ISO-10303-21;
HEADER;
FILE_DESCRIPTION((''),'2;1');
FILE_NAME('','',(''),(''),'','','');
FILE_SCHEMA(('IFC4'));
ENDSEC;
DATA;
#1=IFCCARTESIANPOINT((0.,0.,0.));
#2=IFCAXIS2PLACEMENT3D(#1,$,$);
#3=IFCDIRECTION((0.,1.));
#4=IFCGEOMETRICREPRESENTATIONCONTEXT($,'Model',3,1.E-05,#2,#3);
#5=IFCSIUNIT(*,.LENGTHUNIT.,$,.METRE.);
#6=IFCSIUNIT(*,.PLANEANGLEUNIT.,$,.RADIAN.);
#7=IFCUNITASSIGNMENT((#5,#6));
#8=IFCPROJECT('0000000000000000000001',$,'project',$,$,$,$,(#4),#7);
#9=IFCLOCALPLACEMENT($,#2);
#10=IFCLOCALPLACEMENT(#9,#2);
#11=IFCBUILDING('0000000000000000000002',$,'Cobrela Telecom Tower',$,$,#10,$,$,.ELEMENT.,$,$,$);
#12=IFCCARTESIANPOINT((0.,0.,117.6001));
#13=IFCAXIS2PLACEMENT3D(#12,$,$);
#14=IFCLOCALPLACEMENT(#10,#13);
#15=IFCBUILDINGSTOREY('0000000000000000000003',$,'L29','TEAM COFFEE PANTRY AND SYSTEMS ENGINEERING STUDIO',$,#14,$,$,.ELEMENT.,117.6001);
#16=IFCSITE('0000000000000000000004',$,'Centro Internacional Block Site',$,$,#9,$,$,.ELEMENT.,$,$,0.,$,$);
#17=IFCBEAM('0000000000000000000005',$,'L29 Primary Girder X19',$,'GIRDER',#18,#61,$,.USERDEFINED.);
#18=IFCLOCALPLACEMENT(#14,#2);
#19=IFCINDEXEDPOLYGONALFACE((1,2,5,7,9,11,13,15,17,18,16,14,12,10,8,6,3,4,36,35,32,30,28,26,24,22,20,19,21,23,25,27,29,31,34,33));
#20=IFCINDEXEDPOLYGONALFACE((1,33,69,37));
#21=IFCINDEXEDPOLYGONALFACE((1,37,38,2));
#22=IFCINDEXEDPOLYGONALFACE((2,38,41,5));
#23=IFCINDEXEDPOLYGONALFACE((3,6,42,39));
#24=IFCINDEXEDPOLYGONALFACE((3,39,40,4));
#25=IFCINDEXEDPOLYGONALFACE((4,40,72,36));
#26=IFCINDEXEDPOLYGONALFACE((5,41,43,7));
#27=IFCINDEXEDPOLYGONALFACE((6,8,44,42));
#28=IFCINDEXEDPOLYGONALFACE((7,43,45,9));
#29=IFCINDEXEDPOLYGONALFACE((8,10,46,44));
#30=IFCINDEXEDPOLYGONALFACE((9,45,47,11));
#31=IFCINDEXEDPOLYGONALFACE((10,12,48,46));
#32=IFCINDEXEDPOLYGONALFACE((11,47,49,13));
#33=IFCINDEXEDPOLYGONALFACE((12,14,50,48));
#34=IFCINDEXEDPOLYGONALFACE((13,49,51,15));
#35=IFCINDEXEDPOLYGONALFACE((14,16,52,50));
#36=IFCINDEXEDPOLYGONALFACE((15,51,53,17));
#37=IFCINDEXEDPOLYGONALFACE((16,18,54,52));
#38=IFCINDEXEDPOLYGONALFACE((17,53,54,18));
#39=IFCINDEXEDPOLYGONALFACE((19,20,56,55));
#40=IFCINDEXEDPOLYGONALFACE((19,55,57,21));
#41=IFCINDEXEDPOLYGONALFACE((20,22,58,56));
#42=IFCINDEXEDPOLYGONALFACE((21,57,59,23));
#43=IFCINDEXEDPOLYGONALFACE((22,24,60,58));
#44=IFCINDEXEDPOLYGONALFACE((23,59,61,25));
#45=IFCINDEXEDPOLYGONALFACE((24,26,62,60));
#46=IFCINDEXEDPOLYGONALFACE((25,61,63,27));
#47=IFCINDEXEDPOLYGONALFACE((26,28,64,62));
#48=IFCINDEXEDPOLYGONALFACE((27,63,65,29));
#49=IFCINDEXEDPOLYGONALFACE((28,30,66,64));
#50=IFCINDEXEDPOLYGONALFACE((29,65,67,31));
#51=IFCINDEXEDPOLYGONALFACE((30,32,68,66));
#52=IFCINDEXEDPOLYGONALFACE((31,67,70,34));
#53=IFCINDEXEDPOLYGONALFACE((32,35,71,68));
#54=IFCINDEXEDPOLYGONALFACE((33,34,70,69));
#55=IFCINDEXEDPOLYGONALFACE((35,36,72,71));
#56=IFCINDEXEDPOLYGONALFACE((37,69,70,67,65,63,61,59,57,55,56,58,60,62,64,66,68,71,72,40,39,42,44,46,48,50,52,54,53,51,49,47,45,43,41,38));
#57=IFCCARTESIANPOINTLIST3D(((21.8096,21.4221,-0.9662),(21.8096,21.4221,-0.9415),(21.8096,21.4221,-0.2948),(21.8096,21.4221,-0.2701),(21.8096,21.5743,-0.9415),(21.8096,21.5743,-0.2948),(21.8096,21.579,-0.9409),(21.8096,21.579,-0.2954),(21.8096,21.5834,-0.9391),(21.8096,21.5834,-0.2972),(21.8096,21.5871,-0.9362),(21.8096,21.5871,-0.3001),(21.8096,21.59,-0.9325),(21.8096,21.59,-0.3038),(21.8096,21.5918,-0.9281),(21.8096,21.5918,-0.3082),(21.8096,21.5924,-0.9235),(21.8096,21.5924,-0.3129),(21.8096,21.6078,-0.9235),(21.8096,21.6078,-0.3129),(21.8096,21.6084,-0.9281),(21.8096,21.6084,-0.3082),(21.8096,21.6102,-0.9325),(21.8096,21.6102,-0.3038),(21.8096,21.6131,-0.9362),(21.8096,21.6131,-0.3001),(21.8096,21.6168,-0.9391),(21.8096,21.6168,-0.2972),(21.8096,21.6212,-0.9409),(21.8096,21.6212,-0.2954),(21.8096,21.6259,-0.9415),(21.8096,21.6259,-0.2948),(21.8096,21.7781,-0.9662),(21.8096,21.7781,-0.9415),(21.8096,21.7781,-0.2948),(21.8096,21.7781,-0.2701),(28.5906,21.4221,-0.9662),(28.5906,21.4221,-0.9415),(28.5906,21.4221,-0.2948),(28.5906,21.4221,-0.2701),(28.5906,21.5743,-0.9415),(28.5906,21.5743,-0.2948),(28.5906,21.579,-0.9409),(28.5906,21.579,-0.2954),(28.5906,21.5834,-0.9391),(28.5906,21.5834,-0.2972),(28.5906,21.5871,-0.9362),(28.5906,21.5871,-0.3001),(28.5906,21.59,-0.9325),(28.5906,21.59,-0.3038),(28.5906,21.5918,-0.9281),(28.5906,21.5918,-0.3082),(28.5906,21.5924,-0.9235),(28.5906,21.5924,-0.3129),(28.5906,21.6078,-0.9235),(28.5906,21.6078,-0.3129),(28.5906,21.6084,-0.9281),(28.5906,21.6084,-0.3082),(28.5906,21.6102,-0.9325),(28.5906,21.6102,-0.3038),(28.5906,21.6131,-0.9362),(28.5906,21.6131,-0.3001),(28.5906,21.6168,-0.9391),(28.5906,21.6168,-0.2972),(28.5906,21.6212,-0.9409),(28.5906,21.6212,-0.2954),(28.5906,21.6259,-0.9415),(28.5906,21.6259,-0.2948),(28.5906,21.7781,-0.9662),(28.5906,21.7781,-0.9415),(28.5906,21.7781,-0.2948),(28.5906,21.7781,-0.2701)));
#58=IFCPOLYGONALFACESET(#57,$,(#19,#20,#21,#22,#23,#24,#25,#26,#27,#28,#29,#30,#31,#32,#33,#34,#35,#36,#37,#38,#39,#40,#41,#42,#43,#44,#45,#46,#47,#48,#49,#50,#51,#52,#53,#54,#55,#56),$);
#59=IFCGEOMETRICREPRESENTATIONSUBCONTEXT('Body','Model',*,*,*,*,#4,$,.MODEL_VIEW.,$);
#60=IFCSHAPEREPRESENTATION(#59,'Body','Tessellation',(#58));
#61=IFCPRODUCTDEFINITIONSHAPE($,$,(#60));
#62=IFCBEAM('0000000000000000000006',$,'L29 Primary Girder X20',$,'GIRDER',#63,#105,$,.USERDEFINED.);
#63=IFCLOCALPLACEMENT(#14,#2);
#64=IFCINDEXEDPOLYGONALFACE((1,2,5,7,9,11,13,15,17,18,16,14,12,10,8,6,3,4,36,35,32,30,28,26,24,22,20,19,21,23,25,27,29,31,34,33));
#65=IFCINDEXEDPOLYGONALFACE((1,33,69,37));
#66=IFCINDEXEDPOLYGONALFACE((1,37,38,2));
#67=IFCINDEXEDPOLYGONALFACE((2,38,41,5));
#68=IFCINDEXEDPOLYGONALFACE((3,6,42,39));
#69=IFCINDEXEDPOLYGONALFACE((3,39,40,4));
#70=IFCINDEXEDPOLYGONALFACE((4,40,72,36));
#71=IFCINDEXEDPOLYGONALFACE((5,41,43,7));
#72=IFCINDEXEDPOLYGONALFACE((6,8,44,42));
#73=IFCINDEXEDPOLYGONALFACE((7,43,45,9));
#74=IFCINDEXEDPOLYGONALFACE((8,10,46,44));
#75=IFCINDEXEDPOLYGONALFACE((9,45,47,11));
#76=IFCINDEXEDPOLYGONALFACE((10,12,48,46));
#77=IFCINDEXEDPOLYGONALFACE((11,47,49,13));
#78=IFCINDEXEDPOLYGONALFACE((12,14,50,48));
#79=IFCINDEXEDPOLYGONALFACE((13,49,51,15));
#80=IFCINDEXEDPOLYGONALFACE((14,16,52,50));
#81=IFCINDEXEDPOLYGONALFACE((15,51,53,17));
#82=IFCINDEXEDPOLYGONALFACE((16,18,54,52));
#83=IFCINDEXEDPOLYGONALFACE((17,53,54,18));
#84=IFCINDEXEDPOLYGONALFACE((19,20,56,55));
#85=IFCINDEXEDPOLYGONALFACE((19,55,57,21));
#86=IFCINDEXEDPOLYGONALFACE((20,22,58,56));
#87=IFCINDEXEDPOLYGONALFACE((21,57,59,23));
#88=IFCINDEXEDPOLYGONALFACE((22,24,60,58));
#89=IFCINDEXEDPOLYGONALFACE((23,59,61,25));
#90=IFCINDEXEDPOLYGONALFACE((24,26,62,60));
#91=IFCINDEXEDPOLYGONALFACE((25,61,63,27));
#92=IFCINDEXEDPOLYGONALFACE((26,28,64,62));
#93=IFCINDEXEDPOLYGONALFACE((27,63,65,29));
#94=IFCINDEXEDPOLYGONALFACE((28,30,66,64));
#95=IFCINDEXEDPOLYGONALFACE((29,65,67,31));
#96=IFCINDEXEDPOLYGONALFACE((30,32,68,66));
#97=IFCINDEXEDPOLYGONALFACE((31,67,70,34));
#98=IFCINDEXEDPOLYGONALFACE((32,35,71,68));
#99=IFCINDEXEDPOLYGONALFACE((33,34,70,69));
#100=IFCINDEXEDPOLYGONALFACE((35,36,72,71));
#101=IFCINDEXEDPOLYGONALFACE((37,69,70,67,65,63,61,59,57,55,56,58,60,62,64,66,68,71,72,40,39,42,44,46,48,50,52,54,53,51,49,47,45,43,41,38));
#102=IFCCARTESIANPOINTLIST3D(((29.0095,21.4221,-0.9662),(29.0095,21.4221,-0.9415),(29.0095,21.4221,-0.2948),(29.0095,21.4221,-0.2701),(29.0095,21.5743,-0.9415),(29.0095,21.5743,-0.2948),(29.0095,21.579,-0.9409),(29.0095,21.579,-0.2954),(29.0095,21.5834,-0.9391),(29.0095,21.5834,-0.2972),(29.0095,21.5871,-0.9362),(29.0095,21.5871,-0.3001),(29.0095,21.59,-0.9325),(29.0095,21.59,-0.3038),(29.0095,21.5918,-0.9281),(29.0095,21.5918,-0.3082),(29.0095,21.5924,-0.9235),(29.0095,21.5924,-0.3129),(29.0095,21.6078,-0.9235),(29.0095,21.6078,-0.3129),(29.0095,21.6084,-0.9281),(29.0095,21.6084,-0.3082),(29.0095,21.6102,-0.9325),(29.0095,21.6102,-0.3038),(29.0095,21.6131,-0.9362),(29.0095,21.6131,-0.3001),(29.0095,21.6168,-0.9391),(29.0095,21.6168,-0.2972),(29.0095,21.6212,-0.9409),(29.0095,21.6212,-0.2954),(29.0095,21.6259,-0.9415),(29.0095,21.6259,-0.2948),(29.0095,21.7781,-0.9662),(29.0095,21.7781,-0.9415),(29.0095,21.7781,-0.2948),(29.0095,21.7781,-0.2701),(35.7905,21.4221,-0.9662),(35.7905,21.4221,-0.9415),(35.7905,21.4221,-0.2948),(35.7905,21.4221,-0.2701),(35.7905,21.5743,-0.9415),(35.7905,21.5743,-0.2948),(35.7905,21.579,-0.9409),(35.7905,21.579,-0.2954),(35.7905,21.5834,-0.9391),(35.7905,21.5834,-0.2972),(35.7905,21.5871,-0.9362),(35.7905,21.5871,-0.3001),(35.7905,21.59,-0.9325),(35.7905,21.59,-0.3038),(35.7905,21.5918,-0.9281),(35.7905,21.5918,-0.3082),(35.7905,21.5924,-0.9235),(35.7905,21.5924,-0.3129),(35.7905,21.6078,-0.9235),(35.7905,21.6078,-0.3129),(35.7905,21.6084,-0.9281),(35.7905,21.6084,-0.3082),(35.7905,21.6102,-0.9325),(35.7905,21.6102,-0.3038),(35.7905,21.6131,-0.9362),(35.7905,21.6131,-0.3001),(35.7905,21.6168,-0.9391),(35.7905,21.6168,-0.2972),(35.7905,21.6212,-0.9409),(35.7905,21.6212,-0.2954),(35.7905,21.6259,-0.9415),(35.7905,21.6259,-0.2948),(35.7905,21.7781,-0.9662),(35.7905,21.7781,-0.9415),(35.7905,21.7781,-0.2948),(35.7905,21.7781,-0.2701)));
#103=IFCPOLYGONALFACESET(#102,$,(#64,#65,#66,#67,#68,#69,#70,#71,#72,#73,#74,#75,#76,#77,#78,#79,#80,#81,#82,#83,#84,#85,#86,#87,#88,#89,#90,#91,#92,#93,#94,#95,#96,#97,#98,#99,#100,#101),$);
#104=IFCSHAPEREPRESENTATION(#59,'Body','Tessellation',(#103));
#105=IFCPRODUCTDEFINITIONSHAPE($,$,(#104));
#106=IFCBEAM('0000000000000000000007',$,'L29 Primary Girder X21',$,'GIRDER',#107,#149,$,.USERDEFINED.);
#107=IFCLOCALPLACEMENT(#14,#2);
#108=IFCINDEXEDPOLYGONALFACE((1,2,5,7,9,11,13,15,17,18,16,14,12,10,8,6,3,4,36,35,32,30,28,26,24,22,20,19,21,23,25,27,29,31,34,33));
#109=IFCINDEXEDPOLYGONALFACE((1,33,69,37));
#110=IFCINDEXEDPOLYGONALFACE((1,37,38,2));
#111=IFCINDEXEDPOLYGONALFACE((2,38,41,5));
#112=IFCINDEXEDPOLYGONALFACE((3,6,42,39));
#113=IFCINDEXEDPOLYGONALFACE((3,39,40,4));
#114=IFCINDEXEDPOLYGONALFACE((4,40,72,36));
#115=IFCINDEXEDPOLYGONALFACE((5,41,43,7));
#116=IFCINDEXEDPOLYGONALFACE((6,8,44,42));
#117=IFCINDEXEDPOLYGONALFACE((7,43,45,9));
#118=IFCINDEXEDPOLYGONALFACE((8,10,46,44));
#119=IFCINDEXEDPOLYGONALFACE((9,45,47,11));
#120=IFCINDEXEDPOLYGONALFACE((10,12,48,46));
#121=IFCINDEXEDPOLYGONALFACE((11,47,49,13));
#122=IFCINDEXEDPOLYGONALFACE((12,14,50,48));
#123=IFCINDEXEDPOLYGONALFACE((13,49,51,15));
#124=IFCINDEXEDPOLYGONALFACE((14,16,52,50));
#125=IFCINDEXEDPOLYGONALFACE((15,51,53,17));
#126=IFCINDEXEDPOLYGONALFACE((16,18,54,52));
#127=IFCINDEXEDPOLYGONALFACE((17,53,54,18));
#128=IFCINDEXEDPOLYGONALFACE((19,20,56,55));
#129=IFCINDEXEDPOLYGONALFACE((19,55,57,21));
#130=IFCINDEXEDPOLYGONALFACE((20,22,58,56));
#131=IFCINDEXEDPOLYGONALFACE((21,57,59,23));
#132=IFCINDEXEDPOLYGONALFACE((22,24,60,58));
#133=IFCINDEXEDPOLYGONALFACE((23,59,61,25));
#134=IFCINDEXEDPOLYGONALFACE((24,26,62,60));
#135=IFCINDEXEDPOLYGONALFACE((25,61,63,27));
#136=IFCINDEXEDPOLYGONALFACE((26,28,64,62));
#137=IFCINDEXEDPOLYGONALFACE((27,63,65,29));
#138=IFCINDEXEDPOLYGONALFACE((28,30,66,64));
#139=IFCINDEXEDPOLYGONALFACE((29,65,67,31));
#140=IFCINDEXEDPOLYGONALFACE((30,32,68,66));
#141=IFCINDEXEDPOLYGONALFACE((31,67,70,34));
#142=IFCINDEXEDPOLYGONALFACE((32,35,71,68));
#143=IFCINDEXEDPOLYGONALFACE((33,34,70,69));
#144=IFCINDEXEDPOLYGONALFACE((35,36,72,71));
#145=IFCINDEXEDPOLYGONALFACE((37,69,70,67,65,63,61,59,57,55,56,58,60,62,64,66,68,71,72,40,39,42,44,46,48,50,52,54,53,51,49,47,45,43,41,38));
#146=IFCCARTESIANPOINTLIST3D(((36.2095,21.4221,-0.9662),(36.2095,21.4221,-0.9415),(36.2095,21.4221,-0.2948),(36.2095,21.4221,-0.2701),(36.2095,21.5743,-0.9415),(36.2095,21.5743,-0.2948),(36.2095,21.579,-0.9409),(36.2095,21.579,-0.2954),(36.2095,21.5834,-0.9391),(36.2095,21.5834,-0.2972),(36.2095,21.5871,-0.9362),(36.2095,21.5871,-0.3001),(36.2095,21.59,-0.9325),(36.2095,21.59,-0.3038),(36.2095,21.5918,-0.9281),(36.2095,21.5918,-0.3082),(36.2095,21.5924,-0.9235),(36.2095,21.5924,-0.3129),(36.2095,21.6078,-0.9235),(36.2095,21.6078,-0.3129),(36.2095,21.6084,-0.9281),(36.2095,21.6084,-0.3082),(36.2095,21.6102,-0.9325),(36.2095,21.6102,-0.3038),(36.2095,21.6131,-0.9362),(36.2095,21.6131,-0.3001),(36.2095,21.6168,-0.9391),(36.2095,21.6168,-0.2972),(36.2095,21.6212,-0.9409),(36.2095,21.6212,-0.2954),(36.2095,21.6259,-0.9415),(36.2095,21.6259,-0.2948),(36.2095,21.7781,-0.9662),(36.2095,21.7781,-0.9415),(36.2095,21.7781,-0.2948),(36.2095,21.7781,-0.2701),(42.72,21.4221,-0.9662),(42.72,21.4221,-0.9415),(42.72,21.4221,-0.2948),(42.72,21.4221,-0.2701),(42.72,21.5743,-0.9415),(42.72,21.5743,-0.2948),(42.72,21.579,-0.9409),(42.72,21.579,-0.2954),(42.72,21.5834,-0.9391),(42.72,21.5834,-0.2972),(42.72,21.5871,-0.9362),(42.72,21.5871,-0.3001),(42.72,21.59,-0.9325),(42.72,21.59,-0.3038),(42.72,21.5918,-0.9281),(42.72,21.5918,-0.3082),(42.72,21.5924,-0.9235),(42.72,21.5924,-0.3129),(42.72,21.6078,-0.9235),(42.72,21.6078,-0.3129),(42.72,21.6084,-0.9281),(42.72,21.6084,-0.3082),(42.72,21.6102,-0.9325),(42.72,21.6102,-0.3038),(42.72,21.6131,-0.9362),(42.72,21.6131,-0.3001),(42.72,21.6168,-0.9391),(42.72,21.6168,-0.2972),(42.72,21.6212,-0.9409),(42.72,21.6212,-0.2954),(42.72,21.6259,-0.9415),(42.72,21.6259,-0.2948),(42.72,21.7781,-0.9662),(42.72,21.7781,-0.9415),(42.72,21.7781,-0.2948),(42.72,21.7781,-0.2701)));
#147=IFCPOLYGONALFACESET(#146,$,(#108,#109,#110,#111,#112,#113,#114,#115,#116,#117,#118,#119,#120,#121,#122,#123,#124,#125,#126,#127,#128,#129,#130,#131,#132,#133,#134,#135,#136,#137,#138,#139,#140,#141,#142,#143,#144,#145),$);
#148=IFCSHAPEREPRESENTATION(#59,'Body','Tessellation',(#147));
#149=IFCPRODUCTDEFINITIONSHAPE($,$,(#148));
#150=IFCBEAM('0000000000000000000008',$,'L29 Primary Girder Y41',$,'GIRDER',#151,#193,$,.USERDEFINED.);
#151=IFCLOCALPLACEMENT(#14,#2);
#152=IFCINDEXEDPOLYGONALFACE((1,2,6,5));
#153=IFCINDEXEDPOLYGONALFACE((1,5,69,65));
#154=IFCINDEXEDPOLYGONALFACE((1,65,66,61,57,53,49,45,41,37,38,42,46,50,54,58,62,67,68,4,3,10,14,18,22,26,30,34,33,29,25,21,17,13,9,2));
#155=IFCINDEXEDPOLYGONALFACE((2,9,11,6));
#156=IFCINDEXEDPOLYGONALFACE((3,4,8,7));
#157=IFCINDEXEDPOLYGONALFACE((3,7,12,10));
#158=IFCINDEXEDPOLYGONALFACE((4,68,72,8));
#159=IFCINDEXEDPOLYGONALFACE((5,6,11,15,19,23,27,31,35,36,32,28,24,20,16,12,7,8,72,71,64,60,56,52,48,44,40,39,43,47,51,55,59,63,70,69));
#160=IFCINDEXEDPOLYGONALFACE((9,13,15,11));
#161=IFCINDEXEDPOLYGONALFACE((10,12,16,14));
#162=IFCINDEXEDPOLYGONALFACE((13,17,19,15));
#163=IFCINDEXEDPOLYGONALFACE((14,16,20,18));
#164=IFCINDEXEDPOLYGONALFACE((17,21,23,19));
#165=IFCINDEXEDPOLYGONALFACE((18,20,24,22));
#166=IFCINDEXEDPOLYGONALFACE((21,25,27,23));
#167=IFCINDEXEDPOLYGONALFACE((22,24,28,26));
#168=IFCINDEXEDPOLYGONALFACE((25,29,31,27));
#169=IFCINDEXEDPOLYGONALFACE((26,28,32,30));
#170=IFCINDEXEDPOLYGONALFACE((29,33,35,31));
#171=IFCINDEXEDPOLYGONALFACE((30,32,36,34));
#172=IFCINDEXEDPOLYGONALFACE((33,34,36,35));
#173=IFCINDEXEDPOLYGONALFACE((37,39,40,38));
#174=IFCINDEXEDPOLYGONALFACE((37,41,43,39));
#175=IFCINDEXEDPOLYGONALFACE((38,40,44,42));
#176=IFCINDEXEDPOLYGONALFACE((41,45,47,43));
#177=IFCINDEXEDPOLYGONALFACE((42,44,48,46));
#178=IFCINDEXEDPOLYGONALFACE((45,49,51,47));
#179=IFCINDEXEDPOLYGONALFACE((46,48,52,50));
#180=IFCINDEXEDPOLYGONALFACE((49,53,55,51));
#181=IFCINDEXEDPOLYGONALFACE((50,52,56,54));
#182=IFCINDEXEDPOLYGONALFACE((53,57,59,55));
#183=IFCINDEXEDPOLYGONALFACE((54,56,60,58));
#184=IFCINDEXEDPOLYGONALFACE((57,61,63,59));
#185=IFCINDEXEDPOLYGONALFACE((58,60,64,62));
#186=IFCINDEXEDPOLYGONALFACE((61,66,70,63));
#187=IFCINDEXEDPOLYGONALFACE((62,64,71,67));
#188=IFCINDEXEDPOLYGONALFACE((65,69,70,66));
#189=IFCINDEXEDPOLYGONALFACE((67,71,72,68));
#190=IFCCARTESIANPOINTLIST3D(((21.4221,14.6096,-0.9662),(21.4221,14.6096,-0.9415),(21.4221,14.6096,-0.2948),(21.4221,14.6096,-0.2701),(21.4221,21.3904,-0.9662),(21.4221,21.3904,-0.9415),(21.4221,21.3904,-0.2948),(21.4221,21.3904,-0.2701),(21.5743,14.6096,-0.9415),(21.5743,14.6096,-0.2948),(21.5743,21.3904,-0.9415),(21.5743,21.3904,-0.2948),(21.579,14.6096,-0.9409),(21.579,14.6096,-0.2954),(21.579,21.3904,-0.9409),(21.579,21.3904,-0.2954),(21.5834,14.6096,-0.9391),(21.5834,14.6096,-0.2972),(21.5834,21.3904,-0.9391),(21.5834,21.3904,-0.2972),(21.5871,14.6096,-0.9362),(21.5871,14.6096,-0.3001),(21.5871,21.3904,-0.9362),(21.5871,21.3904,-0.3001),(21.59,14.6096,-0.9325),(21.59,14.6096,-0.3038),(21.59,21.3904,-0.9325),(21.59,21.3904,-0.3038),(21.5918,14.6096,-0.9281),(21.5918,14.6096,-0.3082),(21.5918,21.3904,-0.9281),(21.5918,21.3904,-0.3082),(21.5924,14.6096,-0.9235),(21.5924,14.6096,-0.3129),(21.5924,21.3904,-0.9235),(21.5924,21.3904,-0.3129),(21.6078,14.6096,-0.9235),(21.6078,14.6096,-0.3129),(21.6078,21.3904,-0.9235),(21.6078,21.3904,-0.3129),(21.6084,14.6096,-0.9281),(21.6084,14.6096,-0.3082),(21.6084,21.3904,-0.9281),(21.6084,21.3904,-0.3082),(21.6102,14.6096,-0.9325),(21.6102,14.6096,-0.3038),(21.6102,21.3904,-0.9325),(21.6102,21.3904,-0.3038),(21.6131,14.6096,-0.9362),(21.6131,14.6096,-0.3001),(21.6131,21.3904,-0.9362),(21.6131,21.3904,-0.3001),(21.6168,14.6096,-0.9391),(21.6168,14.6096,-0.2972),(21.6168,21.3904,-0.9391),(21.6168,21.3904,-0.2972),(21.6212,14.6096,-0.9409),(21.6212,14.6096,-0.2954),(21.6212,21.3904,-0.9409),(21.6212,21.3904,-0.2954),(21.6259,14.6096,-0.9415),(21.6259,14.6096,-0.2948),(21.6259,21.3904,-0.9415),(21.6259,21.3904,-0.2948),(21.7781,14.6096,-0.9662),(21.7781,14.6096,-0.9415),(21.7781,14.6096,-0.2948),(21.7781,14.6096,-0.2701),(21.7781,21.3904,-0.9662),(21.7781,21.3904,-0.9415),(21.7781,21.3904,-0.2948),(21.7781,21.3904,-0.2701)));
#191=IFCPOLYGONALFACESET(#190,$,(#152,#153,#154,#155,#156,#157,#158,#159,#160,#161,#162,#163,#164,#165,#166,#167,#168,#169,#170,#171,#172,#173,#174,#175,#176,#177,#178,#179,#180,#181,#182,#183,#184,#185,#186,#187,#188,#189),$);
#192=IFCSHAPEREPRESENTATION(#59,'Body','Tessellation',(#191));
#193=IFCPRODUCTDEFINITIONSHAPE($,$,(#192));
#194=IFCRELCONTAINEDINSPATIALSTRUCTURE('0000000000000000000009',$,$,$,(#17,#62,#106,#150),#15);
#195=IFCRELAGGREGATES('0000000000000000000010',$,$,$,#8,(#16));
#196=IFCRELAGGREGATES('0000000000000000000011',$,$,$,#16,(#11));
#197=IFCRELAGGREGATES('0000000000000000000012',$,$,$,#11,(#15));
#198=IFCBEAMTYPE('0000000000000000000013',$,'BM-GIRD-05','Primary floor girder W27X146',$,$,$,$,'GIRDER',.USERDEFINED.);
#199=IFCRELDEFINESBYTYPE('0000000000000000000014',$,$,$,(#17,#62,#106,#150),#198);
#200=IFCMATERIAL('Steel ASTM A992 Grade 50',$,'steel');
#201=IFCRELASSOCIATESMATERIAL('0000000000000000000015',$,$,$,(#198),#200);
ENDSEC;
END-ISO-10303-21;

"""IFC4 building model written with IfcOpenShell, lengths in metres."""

from ifc_helpers import new_model, si_unit, direction, frame, origin, origin_2d, place, context, subcontext, project, spatial, i_section, extrude, material, material_profile, profile_set, type_object, element, save


model = new_model("IFC4")

# Units and contexts
model_context = context("Model", 3, precision=1e-05, world=origin(), true_north=direction((0.0, 1.0)))
body_context = subcontext(model_context, "Body", "Model", "MODEL_VIEW")
ifc_project = project(units=[si_unit("LENGTHUNIT", "METRE"), si_unit("PLANEANGLEUNIT", "RADIAN")], contexts=[model_context])

# Site, building, storey
site_placement = place(None, origin())
site = spatial("IfcSite", under=ifc_project, at=site_placement, Name="Centro Internacional Block Site", CompositionType="ELEMENT", RefElevation=0.0)
building_placement = place(site_placement, origin())
building = spatial("IfcBuilding", under=site, at=building_placement, Name="Cobrela Telecom Tower", CompositionType="ELEMENT")
storey_placement = place(building_placement, frame((0.0, 0.0, 117.6001)))
storey = spatial("IfcBuildingStorey", under=building, at=storey_placement, Name="L29", Description="TEAM COFFEE PANTRY AND SYSTEMS ENGINEERING STUDIO", CompositionType="ELEMENT", Elevation=117.6001)

# Shared definitions
ifc_material_1 = material(Name="Steel ASTM A992 Grade 50", Category="steel")

# Beams
ifc_material_profile_1 = material_profile(ifc_material_1, i_section(OverallWidth=0.356, OverallDepth=0.696, WebThickness=0.0154, FlangeThickness=0.0247, FilletRadius=0.0181, at=origin_2d()), Name="W27X146")
ifc_profile_set_1 = profile_set([ifc_material_profile_1], Name="Steel ASTM A992 Grade 50")
beam_type_1 = type_object("IfcBeamType", Name="BM-GIRD-05", Description="Primary floor girder W27X146", ElementType="GIRDER", PredefinedType="USERDEFINED", material=ifc_profile_set_1)
for number, where, z_axis, x_axis, name in (
    (1, (21.8096, 21.6001, -0.6182), (1.0, 0.0, 0.0), (0.0, 1.0, 0.0), "L29 Primary Girder X19"),
    (2, (29.0095, 21.6001, -0.6182), (1.0, 0.0, 0.0), (0.0, 1.0, 0.0), "L29 Primary Girder X20"),
):
    element("IfcBeam", number, at=place(storey_placement, frame(where, z_axis=z_axis, x_axis=x_axis)), inside=storey, type_object=beam_type_1, Name=name, ObjectType="GIRDER", PredefinedType="USERDEFINED", context=body_context, shape_type="SweptSolid", body=[
        extrude(i_section(OverallWidth=0.356, OverallDepth=0.696, WebThickness=0.0154, FlangeThickness=0.0247, FilletRadius=0.0181, at=origin_2d()), origin(), (0.0, 0.0, 1.0), 6.781),
    ])
beam_1_placement = place(storey_placement, frame((36.2095, 21.6001, -0.6182), z_axis=(1.0, 0.0, 0.0), x_axis=(0.0, 1.0, 0.0)))
element("IfcBeam", 3, at=beam_1_placement, inside=storey, type_object=beam_type_1, Name="L29 Primary Girder X21", ObjectType="GIRDER", PredefinedType="USERDEFINED", context=body_context, shape_type="SweptSolid", body=[
    extrude(i_section(OverallWidth=0.356, OverallDepth=0.696, WebThickness=0.0154, FlangeThickness=0.0247, FilletRadius=0.0181, at=origin_2d()), origin(), (0.0, 0.0, 1.0), 6.5105),
])
beam_2_placement = place(storey_placement, frame((21.6001, 14.6096, -0.6182), z_axis=(0.0, 1.0, 0.0), x_axis=(-1.0, 0.0, 0.0)))
element("IfcBeam", 4, at=beam_2_placement, inside=storey, type_object=beam_type_1, Name="L29 Primary Girder Y41", ObjectType="GIRDER", PredefinedType="USERDEFINED", context=body_context, shape_type="SweptSolid", body=[
    extrude(i_section(OverallWidth=0.356, OverallDepth=0.696, WebThickness=0.0154, FlangeThickness=0.0247, FilletRadius=0.0181, at=origin_2d()), origin(), (0.0, 0.0, 1.0), 6.7808),
])

save(model, "model.ifc")
